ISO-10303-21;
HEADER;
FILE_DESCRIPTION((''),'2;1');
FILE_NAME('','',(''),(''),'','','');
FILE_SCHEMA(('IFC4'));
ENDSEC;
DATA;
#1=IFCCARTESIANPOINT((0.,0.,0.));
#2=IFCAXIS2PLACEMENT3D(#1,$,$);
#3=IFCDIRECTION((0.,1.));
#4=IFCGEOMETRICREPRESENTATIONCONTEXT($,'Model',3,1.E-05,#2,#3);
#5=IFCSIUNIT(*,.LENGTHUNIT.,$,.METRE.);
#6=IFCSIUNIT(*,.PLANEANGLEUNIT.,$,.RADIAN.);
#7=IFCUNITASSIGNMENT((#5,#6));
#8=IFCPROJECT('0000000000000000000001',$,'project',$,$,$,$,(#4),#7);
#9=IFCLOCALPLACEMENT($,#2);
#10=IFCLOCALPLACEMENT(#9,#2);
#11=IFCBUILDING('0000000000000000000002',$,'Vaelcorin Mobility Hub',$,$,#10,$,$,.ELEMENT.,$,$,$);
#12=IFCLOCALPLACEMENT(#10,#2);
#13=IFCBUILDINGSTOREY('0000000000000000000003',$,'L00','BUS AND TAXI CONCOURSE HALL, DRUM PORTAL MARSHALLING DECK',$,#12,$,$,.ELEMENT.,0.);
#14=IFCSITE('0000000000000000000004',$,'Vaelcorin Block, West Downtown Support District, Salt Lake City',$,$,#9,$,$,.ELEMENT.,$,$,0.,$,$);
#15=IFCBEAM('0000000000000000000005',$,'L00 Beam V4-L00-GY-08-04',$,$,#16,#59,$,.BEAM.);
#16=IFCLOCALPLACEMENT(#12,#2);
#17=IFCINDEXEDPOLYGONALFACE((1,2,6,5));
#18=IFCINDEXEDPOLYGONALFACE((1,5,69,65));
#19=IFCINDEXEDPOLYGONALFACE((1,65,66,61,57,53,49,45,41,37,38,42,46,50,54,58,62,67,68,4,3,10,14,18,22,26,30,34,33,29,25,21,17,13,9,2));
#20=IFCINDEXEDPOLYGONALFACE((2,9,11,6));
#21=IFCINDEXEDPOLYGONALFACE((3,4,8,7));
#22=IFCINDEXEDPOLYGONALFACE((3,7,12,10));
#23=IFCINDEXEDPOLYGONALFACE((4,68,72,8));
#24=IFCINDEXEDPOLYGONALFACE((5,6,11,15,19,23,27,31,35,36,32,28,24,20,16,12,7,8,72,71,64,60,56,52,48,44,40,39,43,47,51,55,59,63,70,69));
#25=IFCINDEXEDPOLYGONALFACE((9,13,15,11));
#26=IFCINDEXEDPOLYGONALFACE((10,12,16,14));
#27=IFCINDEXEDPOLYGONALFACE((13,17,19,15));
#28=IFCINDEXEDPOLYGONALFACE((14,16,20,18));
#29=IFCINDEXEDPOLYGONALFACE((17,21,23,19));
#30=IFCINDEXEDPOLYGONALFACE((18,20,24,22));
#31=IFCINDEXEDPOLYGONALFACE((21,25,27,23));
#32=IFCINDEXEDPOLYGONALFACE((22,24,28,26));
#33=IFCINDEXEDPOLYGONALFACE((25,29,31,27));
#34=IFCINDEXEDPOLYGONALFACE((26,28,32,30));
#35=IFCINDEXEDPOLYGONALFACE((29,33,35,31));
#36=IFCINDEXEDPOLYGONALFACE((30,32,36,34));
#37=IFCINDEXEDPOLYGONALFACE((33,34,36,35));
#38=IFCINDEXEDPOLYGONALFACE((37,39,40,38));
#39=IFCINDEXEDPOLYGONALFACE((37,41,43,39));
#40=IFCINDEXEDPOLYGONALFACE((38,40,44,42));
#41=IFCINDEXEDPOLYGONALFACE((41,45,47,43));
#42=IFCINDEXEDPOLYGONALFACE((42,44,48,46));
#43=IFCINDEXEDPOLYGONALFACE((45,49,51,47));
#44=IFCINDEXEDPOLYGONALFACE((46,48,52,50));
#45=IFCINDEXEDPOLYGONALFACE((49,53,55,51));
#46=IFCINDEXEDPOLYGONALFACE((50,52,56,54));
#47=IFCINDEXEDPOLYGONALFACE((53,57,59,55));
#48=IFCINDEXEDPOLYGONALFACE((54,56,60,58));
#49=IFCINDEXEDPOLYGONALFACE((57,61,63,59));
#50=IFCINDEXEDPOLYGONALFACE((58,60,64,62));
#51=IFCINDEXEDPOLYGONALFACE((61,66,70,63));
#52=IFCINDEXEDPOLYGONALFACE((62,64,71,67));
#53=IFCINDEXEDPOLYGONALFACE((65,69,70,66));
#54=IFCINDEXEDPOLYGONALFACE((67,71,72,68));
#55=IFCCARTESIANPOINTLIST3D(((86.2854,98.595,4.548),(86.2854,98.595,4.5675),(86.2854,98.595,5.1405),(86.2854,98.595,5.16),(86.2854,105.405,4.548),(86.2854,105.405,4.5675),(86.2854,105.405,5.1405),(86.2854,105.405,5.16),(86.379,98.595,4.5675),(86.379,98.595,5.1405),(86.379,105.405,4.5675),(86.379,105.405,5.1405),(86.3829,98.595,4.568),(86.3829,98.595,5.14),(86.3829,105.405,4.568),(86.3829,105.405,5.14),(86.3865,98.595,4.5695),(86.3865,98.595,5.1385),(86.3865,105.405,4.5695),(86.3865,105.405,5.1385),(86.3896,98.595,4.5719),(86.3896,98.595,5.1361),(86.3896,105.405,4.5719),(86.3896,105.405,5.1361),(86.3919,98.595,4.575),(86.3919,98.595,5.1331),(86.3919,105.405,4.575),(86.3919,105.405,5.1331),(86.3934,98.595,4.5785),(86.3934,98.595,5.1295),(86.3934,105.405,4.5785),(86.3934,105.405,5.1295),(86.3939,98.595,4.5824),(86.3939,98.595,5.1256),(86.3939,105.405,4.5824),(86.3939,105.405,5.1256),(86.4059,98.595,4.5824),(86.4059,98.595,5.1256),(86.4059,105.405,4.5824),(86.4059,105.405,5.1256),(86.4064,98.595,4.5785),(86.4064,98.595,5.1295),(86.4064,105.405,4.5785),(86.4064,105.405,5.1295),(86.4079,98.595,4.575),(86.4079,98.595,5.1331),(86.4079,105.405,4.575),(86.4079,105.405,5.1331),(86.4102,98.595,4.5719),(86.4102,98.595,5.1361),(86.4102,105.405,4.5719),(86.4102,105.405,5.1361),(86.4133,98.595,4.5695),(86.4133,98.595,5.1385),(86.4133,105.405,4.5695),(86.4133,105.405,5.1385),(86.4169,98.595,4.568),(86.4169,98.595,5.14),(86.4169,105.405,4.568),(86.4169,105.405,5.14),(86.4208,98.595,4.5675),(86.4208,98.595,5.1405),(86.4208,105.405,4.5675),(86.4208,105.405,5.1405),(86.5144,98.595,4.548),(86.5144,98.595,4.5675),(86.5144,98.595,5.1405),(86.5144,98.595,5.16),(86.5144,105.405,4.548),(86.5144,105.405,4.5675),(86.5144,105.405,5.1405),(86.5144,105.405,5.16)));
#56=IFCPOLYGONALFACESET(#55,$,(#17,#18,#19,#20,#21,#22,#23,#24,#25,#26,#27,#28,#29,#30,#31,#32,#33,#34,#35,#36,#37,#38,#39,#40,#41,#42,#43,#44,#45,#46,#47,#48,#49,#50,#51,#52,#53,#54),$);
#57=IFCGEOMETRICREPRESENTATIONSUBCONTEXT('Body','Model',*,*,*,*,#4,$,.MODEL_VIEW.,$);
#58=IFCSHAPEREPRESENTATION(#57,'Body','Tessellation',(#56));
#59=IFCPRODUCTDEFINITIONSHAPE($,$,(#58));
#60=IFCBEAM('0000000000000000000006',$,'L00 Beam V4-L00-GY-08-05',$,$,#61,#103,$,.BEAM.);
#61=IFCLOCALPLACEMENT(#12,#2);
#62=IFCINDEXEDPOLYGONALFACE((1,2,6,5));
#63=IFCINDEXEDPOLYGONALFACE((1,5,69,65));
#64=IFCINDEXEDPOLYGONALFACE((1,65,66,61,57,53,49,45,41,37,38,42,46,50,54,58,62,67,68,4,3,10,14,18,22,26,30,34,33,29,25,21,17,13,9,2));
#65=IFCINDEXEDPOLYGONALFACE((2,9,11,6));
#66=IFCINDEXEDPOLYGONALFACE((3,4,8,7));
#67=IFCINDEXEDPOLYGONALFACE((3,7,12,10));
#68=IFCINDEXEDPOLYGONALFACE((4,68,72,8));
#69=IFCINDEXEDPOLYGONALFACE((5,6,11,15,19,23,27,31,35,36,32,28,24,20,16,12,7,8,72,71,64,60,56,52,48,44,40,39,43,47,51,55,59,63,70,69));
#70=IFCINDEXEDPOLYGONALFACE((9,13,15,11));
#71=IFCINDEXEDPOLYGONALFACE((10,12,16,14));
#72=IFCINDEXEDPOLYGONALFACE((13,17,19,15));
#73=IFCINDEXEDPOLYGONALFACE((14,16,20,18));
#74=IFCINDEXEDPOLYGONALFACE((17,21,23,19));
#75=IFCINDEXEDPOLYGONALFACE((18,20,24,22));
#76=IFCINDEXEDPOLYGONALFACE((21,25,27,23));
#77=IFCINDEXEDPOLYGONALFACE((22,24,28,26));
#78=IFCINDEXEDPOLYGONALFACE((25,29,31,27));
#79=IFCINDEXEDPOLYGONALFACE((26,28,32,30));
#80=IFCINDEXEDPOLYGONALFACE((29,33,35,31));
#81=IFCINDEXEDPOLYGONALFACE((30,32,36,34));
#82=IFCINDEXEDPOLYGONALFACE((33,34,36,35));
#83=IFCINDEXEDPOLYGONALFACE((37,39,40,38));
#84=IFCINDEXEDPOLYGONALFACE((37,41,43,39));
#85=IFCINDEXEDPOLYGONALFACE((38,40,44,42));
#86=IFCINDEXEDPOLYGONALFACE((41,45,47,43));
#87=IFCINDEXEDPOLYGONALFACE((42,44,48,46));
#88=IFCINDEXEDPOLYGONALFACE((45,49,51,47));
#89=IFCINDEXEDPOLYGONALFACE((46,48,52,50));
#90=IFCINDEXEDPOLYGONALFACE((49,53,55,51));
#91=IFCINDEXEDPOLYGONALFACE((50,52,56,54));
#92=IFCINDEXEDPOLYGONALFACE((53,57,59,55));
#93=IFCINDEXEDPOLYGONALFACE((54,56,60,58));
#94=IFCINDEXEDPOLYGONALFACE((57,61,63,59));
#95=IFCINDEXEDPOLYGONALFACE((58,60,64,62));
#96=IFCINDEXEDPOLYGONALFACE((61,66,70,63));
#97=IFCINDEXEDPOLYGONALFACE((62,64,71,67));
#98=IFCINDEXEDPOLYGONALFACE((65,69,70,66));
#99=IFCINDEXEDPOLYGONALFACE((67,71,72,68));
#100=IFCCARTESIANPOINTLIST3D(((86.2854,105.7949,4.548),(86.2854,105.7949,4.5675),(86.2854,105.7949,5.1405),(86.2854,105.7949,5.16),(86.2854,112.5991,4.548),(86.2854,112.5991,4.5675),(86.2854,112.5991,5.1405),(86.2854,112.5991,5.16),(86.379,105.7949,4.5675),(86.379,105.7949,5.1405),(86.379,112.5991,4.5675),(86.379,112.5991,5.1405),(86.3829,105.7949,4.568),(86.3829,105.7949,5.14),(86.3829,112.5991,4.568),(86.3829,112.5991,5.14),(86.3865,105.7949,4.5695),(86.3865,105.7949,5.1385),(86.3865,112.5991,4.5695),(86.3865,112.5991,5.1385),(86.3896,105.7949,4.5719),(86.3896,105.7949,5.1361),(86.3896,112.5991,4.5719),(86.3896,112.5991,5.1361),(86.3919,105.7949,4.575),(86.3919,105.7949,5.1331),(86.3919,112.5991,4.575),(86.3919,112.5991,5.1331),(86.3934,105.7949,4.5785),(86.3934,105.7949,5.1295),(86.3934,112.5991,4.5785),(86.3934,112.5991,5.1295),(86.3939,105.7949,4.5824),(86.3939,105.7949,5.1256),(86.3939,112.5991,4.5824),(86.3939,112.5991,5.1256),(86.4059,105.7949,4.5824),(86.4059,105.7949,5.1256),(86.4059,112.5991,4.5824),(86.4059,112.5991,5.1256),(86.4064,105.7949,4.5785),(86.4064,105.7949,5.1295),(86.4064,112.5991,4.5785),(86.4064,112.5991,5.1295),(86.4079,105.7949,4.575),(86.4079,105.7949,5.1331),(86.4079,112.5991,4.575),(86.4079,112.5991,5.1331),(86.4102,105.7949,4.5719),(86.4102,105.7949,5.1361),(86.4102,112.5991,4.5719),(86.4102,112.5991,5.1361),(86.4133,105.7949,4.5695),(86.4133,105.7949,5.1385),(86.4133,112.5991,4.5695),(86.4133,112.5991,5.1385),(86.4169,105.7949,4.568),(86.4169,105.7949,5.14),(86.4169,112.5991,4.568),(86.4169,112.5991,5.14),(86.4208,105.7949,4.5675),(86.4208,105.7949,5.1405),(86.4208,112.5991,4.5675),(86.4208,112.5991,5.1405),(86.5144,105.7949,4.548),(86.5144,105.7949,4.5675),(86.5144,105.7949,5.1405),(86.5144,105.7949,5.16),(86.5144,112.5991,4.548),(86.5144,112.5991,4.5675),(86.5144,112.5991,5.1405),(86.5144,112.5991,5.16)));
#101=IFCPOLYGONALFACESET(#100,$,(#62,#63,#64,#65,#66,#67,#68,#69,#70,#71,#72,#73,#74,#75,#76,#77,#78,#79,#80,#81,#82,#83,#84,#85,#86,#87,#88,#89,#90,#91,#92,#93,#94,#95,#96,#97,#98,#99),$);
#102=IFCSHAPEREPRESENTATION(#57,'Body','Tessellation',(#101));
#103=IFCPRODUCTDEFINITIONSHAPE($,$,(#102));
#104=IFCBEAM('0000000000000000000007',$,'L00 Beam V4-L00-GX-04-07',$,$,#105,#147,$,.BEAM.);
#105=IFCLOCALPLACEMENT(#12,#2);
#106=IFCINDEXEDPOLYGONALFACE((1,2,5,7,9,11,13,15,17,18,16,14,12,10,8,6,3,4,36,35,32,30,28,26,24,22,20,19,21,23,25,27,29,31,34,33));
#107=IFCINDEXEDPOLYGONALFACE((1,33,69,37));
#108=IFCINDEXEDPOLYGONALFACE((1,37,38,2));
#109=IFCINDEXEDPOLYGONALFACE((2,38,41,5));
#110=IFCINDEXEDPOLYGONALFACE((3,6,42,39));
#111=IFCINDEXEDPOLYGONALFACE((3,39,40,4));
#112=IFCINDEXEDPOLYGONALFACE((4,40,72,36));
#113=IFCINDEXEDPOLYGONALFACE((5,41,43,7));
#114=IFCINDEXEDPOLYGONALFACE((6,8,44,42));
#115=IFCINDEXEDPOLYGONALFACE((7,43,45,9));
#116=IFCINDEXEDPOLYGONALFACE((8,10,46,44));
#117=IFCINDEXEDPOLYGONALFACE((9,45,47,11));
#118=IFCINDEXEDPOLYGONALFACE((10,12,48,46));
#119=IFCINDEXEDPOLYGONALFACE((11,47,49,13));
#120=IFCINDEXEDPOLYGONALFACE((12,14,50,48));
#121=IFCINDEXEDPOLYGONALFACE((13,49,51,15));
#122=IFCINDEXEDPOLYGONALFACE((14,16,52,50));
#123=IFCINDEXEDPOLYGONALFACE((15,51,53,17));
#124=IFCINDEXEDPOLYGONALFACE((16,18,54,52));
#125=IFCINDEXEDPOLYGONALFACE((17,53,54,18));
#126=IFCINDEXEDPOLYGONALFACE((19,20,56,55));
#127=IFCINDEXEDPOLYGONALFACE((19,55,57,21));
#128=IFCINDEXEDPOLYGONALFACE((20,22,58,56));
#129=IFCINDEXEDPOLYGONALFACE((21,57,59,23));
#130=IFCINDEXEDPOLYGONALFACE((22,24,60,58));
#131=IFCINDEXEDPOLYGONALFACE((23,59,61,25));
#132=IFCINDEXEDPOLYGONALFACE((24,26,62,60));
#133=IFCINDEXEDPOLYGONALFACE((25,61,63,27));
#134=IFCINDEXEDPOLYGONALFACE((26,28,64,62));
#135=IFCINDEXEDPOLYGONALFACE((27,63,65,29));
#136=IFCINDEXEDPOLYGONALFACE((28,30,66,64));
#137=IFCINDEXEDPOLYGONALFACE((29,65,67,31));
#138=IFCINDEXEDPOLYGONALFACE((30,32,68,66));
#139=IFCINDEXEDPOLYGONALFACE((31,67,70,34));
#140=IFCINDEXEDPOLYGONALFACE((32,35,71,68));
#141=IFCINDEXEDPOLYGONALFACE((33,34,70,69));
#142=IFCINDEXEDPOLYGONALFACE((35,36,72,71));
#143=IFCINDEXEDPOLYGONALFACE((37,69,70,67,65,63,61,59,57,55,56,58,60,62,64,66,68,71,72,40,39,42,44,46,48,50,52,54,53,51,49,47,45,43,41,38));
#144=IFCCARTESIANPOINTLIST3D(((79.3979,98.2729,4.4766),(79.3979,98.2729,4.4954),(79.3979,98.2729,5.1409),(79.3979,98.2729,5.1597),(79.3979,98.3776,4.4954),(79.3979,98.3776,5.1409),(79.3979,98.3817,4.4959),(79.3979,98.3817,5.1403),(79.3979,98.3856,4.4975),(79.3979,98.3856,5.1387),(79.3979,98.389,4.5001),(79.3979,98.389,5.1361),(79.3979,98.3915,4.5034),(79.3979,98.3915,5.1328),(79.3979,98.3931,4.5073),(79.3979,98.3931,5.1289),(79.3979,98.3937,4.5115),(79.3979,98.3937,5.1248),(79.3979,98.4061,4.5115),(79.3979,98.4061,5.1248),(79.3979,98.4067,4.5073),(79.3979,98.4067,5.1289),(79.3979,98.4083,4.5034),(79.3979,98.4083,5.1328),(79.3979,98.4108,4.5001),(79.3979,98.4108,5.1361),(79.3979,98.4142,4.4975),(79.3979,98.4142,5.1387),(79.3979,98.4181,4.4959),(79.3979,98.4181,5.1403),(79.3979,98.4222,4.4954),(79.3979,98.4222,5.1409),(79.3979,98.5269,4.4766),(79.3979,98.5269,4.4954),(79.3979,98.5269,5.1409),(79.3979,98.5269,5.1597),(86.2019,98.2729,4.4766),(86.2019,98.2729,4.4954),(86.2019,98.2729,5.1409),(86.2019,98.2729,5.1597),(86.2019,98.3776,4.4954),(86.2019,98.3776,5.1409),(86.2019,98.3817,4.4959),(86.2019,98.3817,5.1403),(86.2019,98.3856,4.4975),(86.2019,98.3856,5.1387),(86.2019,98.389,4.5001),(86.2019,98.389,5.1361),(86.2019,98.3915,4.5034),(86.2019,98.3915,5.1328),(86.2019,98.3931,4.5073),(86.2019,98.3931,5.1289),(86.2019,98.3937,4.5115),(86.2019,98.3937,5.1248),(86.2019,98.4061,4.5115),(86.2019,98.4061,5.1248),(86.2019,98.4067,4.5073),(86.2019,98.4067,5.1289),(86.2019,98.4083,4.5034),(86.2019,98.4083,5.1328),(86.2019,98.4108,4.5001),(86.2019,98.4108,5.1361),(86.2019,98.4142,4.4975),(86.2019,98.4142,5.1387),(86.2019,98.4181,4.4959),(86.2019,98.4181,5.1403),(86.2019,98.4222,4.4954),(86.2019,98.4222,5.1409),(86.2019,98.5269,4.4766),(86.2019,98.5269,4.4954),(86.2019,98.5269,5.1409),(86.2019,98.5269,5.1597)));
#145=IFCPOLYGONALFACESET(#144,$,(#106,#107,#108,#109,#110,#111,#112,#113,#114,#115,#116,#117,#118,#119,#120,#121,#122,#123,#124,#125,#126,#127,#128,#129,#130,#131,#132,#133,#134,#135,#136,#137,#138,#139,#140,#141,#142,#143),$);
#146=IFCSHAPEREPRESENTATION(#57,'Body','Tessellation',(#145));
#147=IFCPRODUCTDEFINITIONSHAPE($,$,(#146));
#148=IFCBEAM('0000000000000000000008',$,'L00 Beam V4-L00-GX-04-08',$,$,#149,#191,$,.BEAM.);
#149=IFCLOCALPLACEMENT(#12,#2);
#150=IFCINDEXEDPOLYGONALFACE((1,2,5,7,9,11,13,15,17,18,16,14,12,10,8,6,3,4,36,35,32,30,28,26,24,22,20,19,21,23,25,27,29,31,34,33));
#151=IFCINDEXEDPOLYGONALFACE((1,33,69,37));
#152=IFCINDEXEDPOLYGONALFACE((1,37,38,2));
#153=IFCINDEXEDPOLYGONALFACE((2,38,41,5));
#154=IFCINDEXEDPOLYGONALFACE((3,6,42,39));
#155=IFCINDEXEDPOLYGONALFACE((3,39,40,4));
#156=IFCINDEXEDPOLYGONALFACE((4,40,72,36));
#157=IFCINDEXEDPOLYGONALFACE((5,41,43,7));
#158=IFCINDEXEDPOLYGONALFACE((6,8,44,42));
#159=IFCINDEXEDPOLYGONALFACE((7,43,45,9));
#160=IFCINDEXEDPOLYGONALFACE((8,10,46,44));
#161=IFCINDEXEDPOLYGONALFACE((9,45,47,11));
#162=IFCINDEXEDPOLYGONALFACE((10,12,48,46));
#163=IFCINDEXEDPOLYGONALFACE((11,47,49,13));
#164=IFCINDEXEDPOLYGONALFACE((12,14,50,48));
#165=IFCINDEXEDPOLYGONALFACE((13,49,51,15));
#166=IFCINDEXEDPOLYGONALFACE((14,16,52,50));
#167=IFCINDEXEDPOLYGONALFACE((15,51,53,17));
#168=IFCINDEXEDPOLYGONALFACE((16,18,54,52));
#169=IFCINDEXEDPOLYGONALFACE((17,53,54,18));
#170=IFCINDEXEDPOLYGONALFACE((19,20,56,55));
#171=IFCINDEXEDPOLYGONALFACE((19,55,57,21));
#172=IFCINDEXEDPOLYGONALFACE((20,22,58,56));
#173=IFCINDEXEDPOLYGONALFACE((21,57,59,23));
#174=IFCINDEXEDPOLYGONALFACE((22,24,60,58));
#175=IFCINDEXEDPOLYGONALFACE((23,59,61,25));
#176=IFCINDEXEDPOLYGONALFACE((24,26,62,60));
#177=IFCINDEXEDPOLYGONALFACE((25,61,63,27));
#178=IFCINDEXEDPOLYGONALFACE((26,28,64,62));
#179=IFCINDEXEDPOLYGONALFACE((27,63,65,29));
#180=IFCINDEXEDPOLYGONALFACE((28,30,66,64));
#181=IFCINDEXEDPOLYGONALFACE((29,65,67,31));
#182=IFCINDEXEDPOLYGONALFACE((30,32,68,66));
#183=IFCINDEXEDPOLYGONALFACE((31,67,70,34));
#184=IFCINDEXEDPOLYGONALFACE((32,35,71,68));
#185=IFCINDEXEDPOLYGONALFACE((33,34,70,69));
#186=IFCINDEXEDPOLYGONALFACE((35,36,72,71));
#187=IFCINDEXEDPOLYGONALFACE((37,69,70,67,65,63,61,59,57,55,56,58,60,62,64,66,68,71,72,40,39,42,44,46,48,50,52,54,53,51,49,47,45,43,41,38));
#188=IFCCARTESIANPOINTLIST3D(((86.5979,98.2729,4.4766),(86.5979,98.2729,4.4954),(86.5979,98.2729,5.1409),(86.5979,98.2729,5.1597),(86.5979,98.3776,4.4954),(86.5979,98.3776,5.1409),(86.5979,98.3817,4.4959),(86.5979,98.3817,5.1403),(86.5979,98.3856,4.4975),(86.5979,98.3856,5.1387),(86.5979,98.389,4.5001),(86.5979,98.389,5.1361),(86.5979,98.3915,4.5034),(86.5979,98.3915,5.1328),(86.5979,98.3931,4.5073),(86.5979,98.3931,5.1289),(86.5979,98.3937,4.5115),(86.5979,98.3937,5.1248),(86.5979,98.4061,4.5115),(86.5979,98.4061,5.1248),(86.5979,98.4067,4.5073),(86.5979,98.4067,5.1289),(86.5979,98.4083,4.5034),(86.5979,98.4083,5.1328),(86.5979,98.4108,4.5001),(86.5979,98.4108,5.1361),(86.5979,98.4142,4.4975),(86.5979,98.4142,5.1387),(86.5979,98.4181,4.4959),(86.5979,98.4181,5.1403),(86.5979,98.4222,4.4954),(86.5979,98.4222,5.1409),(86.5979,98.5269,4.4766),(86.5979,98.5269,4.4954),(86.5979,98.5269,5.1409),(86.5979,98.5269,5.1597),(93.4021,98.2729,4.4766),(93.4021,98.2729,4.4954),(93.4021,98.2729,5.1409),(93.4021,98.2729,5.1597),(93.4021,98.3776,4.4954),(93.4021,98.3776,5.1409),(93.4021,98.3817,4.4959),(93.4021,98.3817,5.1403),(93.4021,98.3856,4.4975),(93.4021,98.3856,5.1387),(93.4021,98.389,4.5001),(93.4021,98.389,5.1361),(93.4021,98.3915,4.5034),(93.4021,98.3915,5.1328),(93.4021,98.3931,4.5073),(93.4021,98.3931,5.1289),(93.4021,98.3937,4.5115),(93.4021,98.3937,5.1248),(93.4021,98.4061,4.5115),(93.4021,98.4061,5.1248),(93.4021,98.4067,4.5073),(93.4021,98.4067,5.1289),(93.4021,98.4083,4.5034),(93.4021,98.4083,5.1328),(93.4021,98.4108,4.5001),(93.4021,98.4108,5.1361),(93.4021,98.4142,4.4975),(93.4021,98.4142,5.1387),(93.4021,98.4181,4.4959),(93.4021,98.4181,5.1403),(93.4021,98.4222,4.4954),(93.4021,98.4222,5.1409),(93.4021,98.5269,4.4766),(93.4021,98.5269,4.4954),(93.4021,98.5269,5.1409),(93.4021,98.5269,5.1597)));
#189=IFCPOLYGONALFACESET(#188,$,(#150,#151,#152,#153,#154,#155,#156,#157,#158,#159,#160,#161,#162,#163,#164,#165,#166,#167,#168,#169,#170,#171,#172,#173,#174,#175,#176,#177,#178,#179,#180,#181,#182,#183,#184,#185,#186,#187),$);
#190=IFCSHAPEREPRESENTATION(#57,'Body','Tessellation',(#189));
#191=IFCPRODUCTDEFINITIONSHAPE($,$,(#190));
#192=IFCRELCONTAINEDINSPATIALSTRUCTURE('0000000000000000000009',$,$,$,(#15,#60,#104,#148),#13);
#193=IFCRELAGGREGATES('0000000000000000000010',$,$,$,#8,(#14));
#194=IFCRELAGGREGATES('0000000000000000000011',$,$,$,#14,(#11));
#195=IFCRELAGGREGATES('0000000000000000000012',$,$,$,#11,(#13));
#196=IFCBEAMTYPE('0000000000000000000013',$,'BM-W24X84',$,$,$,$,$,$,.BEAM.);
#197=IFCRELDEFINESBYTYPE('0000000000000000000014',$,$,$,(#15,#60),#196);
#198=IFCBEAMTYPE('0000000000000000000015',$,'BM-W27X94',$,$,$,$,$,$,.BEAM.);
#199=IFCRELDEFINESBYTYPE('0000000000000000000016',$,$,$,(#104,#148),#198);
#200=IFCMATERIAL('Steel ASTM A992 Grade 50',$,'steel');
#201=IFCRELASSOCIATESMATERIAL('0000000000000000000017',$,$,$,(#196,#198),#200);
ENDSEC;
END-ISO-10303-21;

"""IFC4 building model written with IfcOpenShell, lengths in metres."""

from ifc_helpers import new_model, si_unit, direction, frame, origin, origin_2d, place, context, subcontext, project, spatial, i_section, extrude, material, material_profile, profile_set, type_object, element, save


model = new_model("IFC4")

# Units and contexts
model_context = context("Model", 3, precision=1e-05, world=origin(), true_north=direction((0.0, 1.0)))
body_context = subcontext(model_context, "Body", "Model", "MODEL_VIEW")
ifc_project = project(units=[si_unit("LENGTHUNIT", "METRE"), si_unit("PLANEANGLEUNIT", "RADIAN")], contexts=[model_context])

# Site, building, storey
site_placement = place(None, origin())
site = spatial("IfcSite", under=ifc_project, at=site_placement, Name="Vaelcorin Block, West Downtown Support District, Salt Lake City", CompositionType="ELEMENT", RefElevation=0.0)
building_placement = place(site_placement, origin())
building = spatial("IfcBuilding", under=site, at=building_placement, Name="Vaelcorin Mobility Hub", CompositionType="ELEMENT")
storey_placement = place(building_placement, origin())
storey = spatial("IfcBuildingStorey", under=building, at=storey_placement, Name="L00", Description="BUS AND TAXI CONCOURSE HALL, DRUM PORTAL MARSHALLING DECK", CompositionType="ELEMENT", Elevation=0.0)

# Shared definitions
ifc_material_1 = material(Name="Steel ASTM A992 Grade 50", Category="steel")

# Beams
ifc_material_profile_1 = material_profile(ifc_material_1, i_section(OverallWidth=0.229, OverallDepth=0.6121, WebThickness=0.012, FlangeThickness=0.0195, FilletRadius=0.0149, at=origin_2d()), Name="W24X84")
ifc_profile_set_1 = profile_set([ifc_material_profile_1], Name="Steel ASTM A992 Grade 50")
beam_type_1 = type_object("IfcBeamType", Name="BM-W24X84", PredefinedType="BEAM", material=ifc_profile_set_1)
beam_1_placement = place(storey_placement, frame((86.3999, 98.595, 4.854), z_axis=(0.0, 1.0, 0.0), x_axis=(-1.0, 0.0, 0.0)))
element("IfcBeam", 1, at=beam_1_placement, inside=storey, type_object=beam_type_1, Name="L00 Beam V4-L00-GY-08-04", PredefinedType="BEAM", context=body_context, shape_type="SweptSolid", body=[
    extrude(i_section(OverallWidth=0.229, OverallDepth=0.6121, WebThickness=0.012, FlangeThickness=0.0195, FilletRadius=0.0149, at=origin_2d()), origin(), (0.0, 0.0, 1.0), 6.8101),
])
beam_2_placement = place(storey_placement, frame((86.3999, 105.7949, 4.854), z_axis=(0.0, 1.0, 0.0), x_axis=(-1.0, 0.0, 0.0)))
element("IfcBeam", 2, at=beam_2_placement, inside=storey, type_object=beam_type_1, Name="L00 Beam V4-L00-GY-08-05", PredefinedType="BEAM", context=body_context, shape_type="SweptSolid", body=[
    extrude(i_section(OverallWidth=0.229, OverallDepth=0.6121, WebThickness=0.012, FlangeThickness=0.0195, FilletRadius=0.0149, at=origin_2d()), origin(), (0.0, 0.0, 1.0), 6.8042),
])
ifc_material_profile_2 = material_profile(ifc_material_1, i_section(OverallWidth=0.2539, OverallDepth=0.6831, WebThickness=0.0125, FlangeThickness=0.0188, FilletRadius=0.0161, at=origin_2d()), Name="W27X94")
ifc_profile_set_2 = profile_set([ifc_material_profile_2], Name="Steel ASTM A992 Grade 50")
beam_type_2 = type_object("IfcBeamType", Name="BM-W27X94", PredefinedType="BEAM", material=ifc_profile_set_2)
beam_3_placement = place(storey_placement, frame((79.3979, 98.3999, 4.8181), z_axis=(1.0, 0.0, 0.0), x_axis=(0.0, 1.0, 0.0)))
element("IfcBeam", 3, at=beam_3_placement, inside=storey, type_object=beam_type_2, Name="L00 Beam V4-L00-GX-04-07", PredefinedType="BEAM", context=body_context, shape_type="SweptSolid", body=[
    extrude(i_section(OverallWidth=0.2539, OverallDepth=0.6831, WebThickness=0.0125, FlangeThickness=0.0188, FilletRadius=0.0161, at=origin_2d()), origin(), (0.0, 0.0, 1.0), 6.804),
])
beam_4_placement = place(storey_placement, frame((86.5979, 98.3999, 4.8181), z_axis=(1.0, 0.0, 0.0), x_axis=(0.0, 1.0, 0.0)))
element("IfcBeam", 4, at=beam_4_placement, inside=storey, type_object=beam_type_2, Name="L00 Beam V4-L00-GX-04-08", PredefinedType="BEAM", context=body_context, shape_type="SweptSolid", body=[
    extrude(i_section(OverallWidth=0.2539, OverallDepth=0.6831, WebThickness=0.0125, FlangeThickness=0.0188, FilletRadius=0.0161, at=origin_2d()), origin(), (0.0, 0.0, 1.0), 6.8042),
])

save(model, "model.ifc")
